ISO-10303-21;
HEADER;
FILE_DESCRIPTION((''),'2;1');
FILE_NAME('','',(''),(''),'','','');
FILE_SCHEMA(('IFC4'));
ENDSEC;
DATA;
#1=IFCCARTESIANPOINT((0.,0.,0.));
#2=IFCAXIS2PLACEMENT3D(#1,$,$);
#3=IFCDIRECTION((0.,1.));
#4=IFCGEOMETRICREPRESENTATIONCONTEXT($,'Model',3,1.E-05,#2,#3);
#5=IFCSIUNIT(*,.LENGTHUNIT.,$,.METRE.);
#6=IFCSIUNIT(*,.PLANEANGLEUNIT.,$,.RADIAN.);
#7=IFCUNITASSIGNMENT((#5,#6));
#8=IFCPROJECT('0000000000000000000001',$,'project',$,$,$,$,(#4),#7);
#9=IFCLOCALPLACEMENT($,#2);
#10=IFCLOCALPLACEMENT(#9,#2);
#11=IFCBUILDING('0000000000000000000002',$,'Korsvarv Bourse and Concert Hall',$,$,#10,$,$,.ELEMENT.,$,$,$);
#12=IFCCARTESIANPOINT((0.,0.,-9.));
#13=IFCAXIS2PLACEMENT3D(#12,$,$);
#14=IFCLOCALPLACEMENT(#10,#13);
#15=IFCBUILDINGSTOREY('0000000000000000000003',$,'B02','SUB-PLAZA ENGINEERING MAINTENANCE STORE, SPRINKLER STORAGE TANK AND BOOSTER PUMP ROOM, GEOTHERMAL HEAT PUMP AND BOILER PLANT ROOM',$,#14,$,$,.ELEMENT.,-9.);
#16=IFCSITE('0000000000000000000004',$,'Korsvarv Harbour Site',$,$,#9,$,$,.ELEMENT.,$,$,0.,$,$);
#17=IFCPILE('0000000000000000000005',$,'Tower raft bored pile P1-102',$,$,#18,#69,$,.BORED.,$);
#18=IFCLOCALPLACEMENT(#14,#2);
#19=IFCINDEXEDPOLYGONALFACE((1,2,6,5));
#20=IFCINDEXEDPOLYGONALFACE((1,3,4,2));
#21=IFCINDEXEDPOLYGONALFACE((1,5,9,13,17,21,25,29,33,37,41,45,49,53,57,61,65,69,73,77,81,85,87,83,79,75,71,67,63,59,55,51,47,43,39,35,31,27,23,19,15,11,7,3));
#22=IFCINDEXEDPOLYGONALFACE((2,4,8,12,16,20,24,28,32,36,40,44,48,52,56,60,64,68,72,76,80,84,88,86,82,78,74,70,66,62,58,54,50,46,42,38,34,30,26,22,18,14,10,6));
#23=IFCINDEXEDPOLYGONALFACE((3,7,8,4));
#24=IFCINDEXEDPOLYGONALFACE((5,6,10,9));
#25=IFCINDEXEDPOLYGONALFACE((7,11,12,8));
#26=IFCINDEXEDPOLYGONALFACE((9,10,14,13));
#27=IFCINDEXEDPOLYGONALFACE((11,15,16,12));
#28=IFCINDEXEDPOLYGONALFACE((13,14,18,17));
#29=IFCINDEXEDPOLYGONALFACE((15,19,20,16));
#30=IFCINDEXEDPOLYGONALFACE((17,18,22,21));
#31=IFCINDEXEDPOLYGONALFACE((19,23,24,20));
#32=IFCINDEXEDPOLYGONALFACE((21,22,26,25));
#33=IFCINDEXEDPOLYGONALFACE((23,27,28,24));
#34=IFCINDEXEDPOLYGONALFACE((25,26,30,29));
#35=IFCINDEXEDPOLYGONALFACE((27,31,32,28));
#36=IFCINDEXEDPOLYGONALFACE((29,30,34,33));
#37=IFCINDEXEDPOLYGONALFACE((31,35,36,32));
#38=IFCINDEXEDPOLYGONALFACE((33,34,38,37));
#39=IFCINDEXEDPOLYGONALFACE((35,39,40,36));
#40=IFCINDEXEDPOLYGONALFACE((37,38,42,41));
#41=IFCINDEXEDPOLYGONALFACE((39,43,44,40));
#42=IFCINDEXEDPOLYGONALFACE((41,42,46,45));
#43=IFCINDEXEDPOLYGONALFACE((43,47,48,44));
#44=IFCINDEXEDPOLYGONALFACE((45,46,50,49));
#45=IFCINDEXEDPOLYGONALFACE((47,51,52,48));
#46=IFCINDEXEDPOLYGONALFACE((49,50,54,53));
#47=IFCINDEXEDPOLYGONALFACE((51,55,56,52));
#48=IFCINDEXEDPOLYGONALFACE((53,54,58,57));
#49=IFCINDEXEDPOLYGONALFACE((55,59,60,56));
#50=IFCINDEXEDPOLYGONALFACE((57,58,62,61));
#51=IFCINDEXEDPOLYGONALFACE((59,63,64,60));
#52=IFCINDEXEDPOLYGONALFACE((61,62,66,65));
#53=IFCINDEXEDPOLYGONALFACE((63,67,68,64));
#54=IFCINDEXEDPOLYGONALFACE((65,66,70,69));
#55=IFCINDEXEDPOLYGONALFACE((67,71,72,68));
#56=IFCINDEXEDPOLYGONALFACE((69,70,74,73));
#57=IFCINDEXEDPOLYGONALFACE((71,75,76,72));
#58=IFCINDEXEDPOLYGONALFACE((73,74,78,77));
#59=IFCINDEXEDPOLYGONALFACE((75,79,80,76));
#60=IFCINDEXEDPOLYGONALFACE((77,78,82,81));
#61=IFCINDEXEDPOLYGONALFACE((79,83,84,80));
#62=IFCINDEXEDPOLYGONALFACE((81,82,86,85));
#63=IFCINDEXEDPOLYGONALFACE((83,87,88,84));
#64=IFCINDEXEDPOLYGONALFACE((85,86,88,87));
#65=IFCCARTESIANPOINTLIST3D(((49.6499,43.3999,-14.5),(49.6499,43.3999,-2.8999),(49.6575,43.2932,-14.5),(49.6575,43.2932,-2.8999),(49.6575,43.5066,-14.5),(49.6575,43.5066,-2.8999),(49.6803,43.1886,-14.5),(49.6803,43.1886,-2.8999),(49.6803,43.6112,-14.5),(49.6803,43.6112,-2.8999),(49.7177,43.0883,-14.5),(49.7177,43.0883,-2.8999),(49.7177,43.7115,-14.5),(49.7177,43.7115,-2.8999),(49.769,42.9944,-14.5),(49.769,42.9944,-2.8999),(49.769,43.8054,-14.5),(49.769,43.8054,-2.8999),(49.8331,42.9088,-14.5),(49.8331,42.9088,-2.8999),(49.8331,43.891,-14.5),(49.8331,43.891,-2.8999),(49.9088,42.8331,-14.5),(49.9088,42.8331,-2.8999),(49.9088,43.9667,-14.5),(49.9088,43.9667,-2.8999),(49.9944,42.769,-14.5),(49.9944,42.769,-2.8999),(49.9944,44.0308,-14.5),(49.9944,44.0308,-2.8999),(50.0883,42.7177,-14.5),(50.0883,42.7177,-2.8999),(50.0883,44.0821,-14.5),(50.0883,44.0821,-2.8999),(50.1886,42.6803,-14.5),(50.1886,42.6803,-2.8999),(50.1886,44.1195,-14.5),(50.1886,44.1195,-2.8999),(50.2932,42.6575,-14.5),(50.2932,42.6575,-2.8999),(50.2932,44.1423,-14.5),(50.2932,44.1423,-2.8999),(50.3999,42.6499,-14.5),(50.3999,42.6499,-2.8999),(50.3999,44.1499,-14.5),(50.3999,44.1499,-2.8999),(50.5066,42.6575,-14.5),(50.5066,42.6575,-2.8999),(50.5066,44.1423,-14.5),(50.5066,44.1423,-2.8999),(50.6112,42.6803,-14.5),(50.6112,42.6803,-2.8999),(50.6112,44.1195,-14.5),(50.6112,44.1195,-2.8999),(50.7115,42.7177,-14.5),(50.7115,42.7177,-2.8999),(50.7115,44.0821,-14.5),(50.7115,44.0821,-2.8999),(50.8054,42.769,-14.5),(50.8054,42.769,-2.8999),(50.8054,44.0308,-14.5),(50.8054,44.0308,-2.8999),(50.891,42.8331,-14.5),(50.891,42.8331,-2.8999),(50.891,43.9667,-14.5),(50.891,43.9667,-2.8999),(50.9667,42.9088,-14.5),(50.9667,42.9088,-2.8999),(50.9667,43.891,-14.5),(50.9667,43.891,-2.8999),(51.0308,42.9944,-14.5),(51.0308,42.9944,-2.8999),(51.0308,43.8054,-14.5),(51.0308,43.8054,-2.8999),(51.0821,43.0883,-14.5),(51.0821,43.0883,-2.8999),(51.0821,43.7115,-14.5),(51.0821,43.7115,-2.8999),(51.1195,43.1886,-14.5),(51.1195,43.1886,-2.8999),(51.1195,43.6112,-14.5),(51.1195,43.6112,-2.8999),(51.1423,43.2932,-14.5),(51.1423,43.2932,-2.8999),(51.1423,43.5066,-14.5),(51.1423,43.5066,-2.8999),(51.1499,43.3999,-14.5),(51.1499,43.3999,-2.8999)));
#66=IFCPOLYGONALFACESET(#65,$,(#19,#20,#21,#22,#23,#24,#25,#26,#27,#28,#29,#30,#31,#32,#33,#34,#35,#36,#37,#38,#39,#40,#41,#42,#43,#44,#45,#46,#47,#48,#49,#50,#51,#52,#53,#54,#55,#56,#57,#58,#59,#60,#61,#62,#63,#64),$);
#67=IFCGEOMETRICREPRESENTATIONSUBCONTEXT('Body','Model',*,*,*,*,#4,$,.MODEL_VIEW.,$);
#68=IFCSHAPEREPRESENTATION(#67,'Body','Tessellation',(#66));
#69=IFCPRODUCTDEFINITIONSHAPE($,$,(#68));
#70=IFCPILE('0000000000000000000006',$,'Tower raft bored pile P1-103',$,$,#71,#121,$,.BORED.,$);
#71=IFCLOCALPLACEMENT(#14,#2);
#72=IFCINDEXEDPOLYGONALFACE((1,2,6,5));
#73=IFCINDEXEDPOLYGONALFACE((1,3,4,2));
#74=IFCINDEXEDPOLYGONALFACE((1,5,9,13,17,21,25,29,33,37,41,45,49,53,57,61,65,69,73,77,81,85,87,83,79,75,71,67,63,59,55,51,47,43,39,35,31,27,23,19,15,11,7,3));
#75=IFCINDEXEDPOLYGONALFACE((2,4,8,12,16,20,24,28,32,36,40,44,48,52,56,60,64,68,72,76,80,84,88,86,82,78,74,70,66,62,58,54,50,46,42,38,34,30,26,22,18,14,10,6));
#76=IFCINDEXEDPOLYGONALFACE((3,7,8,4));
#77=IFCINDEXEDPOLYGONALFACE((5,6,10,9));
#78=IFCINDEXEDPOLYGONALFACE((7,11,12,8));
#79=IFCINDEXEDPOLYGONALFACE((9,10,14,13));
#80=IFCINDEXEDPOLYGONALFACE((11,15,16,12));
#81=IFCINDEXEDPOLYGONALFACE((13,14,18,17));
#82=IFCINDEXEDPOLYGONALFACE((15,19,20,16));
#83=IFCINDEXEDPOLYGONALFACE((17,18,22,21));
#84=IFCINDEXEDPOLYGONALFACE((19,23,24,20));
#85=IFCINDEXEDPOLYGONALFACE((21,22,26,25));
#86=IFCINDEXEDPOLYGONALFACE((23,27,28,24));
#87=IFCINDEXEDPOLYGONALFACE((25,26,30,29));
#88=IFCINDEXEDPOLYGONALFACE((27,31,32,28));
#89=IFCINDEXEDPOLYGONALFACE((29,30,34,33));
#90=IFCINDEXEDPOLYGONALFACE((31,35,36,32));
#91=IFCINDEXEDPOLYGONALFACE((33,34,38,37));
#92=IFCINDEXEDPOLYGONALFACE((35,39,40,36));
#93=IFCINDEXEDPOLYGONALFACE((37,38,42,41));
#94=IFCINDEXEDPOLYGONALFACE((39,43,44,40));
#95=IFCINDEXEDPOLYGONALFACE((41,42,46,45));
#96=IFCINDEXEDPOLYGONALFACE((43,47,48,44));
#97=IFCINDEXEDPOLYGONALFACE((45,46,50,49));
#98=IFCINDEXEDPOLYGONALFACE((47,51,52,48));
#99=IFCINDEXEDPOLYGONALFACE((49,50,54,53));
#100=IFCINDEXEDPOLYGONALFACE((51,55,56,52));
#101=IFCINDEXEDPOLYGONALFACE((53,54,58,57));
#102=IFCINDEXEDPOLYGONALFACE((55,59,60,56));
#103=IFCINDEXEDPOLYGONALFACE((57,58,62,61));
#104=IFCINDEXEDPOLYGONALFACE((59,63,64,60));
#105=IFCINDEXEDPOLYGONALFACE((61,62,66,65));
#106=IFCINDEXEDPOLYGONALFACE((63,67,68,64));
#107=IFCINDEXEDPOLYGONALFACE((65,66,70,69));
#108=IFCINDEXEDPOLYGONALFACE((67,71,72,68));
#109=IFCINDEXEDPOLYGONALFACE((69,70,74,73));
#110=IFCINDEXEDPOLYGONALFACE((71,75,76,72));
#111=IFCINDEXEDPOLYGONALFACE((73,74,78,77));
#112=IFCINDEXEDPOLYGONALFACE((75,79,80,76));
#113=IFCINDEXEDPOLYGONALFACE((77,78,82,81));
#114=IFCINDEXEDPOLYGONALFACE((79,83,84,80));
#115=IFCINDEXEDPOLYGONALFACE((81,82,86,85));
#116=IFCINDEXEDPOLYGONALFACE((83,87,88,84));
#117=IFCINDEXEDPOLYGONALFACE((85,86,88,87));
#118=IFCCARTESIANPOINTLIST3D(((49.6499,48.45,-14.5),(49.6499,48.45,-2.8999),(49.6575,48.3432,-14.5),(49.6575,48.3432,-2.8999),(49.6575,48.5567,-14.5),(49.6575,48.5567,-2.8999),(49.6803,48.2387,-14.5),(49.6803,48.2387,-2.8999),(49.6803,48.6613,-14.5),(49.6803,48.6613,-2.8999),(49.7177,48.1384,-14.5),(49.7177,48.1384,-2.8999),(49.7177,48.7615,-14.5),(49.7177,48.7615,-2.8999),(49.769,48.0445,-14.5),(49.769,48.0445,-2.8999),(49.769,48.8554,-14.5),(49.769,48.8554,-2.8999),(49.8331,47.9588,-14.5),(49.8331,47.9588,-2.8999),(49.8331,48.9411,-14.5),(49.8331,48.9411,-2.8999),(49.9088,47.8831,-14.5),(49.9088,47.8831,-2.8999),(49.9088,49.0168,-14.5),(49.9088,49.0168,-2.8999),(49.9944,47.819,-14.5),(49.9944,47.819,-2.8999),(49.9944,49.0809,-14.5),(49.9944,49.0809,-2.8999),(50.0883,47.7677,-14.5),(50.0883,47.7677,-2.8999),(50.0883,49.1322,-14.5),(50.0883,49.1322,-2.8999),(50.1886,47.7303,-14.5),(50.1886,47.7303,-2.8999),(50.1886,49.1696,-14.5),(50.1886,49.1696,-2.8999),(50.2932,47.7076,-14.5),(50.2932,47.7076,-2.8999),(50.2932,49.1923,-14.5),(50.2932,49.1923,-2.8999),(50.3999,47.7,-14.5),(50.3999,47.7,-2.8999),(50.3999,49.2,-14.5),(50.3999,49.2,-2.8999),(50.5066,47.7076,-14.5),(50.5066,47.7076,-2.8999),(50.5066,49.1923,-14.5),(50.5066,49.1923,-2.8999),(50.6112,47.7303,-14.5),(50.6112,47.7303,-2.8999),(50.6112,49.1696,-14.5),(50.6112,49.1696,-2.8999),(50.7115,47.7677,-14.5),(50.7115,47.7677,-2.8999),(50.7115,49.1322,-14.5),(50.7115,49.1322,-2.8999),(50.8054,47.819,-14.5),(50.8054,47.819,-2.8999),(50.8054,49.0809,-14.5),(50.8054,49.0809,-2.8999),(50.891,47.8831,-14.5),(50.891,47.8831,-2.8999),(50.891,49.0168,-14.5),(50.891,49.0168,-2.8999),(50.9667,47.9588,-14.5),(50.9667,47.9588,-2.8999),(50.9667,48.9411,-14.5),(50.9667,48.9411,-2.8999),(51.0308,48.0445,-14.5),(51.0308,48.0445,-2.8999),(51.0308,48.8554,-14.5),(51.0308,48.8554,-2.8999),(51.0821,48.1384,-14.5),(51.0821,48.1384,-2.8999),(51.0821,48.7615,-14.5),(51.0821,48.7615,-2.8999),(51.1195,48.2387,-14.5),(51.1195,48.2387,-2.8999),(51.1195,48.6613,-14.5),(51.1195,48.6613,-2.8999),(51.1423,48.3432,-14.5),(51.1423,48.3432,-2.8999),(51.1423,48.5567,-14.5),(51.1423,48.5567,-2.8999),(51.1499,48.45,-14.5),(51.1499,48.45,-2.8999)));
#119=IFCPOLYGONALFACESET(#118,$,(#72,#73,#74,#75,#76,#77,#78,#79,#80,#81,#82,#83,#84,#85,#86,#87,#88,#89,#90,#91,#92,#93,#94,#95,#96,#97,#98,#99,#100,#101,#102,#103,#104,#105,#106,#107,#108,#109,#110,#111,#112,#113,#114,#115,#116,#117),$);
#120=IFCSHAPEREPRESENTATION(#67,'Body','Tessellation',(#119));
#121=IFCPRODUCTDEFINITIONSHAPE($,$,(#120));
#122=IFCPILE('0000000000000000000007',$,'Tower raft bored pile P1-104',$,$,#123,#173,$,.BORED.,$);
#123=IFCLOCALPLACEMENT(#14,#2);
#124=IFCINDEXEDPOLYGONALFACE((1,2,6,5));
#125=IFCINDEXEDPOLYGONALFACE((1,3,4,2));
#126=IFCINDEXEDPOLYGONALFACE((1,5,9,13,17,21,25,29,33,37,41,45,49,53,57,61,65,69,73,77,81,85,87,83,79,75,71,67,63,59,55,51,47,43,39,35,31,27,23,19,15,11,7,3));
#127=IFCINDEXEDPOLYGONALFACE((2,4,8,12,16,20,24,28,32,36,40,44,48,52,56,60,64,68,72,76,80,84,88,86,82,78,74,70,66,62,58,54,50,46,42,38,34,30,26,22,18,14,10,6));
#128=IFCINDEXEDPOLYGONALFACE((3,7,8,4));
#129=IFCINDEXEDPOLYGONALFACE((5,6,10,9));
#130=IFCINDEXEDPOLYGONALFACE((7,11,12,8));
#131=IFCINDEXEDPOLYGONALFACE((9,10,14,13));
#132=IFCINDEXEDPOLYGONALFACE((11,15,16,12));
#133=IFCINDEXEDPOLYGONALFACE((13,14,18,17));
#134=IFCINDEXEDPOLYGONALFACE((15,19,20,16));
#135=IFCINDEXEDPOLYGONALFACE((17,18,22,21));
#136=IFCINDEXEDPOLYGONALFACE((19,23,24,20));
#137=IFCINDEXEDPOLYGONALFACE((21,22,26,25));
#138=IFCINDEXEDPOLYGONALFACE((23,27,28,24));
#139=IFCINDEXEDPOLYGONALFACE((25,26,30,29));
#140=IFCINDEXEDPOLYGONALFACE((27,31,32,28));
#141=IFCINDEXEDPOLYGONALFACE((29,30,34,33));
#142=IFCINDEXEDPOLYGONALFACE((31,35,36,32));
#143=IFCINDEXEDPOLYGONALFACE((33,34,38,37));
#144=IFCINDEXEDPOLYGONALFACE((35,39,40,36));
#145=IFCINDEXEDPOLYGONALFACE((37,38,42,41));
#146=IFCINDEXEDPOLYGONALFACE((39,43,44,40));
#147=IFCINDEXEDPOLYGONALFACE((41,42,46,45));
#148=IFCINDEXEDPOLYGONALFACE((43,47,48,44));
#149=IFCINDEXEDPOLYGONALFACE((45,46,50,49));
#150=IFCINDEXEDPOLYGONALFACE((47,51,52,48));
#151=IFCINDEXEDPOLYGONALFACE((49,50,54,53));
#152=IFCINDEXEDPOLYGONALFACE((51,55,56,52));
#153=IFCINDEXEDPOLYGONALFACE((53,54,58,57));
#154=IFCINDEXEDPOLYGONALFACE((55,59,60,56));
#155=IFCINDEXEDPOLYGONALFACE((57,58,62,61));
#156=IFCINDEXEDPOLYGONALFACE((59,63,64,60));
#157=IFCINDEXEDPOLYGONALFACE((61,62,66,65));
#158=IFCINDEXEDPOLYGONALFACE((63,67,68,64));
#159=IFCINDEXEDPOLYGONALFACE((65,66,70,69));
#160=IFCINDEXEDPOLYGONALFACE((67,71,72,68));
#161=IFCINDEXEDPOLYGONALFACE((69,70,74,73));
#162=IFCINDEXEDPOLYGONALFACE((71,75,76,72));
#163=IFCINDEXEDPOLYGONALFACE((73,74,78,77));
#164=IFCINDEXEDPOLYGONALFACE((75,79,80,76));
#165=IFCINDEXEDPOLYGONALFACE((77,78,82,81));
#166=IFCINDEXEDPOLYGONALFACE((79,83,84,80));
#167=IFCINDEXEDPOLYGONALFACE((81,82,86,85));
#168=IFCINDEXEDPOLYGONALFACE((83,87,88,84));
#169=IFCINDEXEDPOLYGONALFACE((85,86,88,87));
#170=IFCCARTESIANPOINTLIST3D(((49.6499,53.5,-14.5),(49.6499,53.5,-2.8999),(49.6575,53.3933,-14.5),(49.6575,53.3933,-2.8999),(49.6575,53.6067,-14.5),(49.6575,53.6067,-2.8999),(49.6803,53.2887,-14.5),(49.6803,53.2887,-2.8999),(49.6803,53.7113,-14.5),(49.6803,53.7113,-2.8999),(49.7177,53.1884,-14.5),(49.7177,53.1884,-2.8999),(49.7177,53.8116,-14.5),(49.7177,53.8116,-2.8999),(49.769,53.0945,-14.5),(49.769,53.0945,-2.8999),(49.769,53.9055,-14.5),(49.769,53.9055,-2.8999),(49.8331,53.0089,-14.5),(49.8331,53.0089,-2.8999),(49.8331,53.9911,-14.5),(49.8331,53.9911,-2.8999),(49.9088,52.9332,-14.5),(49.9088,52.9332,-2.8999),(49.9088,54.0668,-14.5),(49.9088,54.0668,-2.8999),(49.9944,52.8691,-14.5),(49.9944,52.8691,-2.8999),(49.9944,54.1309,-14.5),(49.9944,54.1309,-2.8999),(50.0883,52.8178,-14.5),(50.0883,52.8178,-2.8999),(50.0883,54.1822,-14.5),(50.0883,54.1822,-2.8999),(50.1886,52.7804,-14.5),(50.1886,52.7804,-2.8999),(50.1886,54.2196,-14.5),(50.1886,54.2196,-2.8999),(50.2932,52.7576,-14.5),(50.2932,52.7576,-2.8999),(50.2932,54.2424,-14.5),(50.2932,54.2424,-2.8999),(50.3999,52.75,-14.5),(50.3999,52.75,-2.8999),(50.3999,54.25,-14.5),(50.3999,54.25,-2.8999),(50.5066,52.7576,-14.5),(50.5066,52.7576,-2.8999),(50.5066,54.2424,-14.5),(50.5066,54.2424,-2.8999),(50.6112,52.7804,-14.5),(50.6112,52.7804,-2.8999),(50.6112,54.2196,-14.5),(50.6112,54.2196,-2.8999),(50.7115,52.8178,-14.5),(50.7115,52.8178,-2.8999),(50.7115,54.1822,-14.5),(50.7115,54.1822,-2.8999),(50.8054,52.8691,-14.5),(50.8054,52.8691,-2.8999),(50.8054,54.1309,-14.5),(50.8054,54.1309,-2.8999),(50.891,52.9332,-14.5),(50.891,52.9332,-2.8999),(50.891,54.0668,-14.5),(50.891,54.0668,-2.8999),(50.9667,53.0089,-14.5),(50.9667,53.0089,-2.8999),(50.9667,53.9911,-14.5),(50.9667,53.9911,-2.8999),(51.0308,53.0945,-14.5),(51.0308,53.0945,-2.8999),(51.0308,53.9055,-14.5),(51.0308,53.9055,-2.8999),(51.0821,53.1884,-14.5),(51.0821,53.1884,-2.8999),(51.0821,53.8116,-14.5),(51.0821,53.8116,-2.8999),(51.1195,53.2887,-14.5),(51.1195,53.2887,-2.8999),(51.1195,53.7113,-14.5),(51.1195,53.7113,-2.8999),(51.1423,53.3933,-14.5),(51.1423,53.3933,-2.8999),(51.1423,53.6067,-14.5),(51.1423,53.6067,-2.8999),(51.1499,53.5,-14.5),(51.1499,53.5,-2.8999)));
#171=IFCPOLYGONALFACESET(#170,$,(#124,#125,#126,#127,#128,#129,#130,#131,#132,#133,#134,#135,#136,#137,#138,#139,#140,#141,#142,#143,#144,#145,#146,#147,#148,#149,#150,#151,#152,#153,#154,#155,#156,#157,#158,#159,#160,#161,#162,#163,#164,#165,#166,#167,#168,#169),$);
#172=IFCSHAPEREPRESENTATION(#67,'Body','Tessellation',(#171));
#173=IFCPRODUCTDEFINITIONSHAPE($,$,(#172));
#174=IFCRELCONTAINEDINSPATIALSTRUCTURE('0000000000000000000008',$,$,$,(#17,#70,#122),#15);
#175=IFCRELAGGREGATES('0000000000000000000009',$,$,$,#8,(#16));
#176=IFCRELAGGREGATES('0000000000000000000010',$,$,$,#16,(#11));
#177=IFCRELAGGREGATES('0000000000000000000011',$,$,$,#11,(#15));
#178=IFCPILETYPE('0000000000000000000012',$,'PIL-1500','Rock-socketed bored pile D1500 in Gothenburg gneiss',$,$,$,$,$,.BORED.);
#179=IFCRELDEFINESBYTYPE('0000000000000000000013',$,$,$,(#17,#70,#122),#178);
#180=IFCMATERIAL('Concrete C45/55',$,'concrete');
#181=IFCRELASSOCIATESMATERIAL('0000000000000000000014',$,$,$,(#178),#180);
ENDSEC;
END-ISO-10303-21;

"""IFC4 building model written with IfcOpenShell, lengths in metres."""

from ifc_helpers import new_model, si_unit, direction, frame, origin, origin_2d, place, context, subcontext, project, spatial, circle, extrude, source, transform, mapped, material, material_profile, profile_set, type_object, element, save


model = new_model("IFC4")

# Units and contexts
model_context = context("Model", 3, precision=1e-05, world=origin(), true_north=direction((0.0, 1.0)))
body_context = subcontext(model_context, "Body", "Model", "MODEL_VIEW")
ifc_project = project(units=[si_unit("LENGTHUNIT", "METRE"), si_unit("PLANEANGLEUNIT", "RADIAN")], contexts=[model_context])

# Site, building, storey
site_placement = place(None, origin())
site = spatial("IfcSite", under=ifc_project, at=site_placement, Name="Korsvarv Harbour Site", CompositionType="ELEMENT", RefElevation=0.0)
building_placement = place(site_placement, origin())
building = spatial("IfcBuilding", under=site, at=building_placement, Name="Korsvarv Bourse and Concert Hall", CompositionType="ELEMENT")
storey_placement = place(building_placement, frame((0.0, 0.0, -9.0)))
storey = spatial("IfcBuildingStorey", under=building, at=storey_placement, Name="B02", Description="SUB-PLAZA ENGINEERING MAINTENANCE STORE, SPRINKLER STORAGE TANK AND BOOSTER PUMP ROOM, GEOTHERMAL HEAT PUMP AND BOILER PLANT ROOM", CompositionType="ELEMENT", Elevation=-9.0)

# Piles
ifc_material_1 = material(Name="Concrete C45/55", Category="concrete")
ifc_material_profile_1 = material_profile(ifc_material_1, circle(Radius=0.75, at=origin_2d()), Name="PILE D1500")
ifc_profile_set_1 = profile_set([ifc_material_profile_1], Name="Concrete C45/55")
pile_type = type_object("IfcPileType", Name="PIL-1500", Description="Rock-socketed bored pile D1500 in Gothenburg gneiss", PredefinedType="BORED", material=ifc_profile_set_1)
shared_shape_1 = source(origin(), body_context, "Body", "SweptSolid", [
    extrude(circle(Radius=0.75, at=origin_2d()), origin(), (0.0, 0.0, 1.0), 11.6001),
])
for number, where, z_axis, x_axis, name in (
    (1, (50.3999, 43.3999, -2.8999), (0.0, 0.0, -1.0), (1.0, 0.0, 0.0), "Tower raft bored pile P1-102"),
    (2, (50.3999, 48.45, -2.8999), (0.0, 0.0, -1.0), (1.0, 0.0, 0.0), "Tower raft bored pile P1-103"),
    (3, (50.3999, 53.5, -2.8999), (0.0, 0.0, -1.0), (1.0, 0.0, 0.0), "Tower raft bored pile P1-104"),
):
    element("IfcPile", number, at=place(storey_placement, frame(where, z_axis=z_axis, x_axis=x_axis)), inside=storey, type_object=pile_type, Name=name, PredefinedType="BORED", context=body_context, shape_type="MappedRepresentation", body=[
        mapped(shared_shape_1, transform((0.0, 0.0, 0.0), scale=1.0)),
    ])

save(model, "model.ifc")
